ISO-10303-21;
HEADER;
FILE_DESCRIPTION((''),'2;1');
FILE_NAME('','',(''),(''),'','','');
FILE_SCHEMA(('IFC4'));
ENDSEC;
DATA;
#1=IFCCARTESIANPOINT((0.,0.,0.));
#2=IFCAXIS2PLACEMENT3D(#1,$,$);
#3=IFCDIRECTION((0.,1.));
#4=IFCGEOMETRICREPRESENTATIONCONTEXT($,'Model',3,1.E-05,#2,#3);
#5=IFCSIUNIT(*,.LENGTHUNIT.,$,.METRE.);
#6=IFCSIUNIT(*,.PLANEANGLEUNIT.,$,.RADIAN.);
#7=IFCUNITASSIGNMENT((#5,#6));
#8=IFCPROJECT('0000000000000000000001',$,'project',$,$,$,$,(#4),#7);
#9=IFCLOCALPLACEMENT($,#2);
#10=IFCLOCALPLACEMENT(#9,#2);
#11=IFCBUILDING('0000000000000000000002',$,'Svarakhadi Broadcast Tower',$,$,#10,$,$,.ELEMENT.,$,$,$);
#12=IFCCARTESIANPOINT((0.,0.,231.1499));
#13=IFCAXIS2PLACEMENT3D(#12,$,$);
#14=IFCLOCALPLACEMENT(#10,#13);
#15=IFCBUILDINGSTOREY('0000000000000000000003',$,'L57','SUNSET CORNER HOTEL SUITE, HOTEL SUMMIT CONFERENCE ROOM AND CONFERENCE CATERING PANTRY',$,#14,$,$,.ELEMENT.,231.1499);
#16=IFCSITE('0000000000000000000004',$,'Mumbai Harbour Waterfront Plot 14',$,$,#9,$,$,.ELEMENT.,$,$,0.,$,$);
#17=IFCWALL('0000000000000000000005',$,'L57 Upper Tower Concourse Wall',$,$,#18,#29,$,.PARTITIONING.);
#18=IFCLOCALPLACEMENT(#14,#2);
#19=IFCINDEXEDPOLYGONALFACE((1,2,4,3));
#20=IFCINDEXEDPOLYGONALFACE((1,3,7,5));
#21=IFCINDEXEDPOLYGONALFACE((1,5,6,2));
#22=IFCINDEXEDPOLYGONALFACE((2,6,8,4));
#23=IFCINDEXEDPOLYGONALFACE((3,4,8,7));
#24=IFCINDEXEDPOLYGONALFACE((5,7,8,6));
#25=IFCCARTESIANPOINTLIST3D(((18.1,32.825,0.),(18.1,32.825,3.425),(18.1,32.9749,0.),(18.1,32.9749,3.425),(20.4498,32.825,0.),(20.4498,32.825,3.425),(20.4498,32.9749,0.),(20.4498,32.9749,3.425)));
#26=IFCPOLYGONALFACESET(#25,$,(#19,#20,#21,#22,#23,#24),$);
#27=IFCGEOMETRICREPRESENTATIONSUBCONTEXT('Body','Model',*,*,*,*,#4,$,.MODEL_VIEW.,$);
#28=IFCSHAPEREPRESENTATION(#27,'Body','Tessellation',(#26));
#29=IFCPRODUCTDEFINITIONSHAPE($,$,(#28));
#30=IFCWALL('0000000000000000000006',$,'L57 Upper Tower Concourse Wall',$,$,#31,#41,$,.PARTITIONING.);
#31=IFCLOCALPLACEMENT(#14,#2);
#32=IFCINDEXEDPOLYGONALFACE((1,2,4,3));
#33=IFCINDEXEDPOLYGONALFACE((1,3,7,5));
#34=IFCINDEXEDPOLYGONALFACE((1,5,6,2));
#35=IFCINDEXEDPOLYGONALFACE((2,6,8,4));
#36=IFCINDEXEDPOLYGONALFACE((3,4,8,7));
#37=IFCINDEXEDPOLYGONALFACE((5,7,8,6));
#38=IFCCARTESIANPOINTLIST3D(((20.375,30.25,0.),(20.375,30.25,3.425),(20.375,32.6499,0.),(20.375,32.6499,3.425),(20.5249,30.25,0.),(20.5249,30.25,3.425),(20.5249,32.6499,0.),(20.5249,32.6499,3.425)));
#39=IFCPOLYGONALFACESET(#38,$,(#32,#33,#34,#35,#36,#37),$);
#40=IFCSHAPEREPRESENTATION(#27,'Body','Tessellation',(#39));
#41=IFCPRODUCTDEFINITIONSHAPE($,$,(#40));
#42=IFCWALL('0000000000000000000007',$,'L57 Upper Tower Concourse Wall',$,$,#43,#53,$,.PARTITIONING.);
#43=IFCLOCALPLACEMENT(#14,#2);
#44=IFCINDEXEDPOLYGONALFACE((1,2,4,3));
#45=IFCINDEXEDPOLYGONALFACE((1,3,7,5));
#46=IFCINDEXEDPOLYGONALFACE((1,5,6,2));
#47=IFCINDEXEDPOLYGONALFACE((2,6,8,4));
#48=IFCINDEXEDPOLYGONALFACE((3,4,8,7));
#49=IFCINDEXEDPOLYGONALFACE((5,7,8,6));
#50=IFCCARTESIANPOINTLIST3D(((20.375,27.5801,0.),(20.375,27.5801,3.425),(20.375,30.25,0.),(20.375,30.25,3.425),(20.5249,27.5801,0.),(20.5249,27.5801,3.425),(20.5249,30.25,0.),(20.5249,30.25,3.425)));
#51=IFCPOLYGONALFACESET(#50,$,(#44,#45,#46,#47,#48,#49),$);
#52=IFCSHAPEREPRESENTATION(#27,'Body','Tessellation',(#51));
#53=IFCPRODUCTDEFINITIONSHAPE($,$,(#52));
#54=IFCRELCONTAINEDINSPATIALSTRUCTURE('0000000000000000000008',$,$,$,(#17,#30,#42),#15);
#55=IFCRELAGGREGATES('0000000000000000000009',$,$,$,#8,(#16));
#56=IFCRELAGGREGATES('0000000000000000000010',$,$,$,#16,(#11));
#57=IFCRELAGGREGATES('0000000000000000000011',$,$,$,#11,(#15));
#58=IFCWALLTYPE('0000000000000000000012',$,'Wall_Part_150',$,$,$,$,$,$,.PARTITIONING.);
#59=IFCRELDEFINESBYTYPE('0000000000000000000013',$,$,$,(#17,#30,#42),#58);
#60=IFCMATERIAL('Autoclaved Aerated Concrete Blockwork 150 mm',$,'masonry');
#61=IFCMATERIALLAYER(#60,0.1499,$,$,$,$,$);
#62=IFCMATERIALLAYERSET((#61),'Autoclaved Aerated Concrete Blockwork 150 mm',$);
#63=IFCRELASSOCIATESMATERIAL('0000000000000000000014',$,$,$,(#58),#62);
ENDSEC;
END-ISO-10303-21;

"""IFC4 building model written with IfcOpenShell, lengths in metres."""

from ifc_helpers import new_model, si_unit, direction, frame, frame_2d, origin, place, context, subcontext, project, spatial, rectangle, extrude, material, layer, layer_set, type_object, element, save


model = new_model("IFC4")

# Units and contexts
model_context = context("Model", 3, precision=1e-05, world=origin(), true_north=direction((0.0, 1.0)))
body_context = subcontext(model_context, "Body", "Model", "MODEL_VIEW")
ifc_project = project(units=[si_unit("LENGTHUNIT", "METRE"), si_unit("PLANEANGLEUNIT", "RADIAN")], contexts=[model_context])

# Site, building, storey
site_placement = place(None, origin())
site = spatial("IfcSite", under=ifc_project, at=site_placement, Name="Mumbai Harbour Waterfront Plot 14", CompositionType="ELEMENT", RefElevation=0.0)
building_placement = place(site_placement, origin())
building = spatial("IfcBuilding", under=site, at=building_placement, Name="Svarakhadi Broadcast Tower", CompositionType="ELEMENT")
storey_placement = place(building_placement, frame((0.0, 0.0, 231.1499)))
storey = spatial("IfcBuildingStorey", under=building, at=storey_placement, Name="L57", Description="SUNSET CORNER HOTEL SUITE, HOTEL SUMMIT CONFERENCE ROOM AND CONFERENCE CATERING PANTRY", CompositionType="ELEMENT", Elevation=231.1499)

# Walls
ifc_material_1 = material(Name="Autoclaved Aerated Concrete Blockwork 150 mm", Category="masonry")
ifc_layer_1 = layer(ifc_material_1, 0.1499)
ifc_layer_set_1 = layer_set([ifc_layer_1], Name="Autoclaved Aerated Concrete Blockwork 150 mm")
wall_type_1 = type_object("IfcWallType", Name="Wall_Part_150", PredefinedType="PARTITIONING", material=ifc_layer_set_1)
wall_1_placement = place(storey_placement, frame((18.1001, 32.8999, 0.0), z_axis=(0.0, 0.0, 1.0), x_axis=(1.0, 0.0, 0.0)))
element("IfcWall", 1, at=wall_1_placement, inside=storey, type_object=wall_type_1, Name="L57 Upper Tower Concourse Wall", PredefinedType="PARTITIONING", context=body_context, shape_type="SweptSolid", body=[
    extrude(rectangle(XDim=2.3499, YDim=0.1499, at=frame_2d((1.1748, 0.0))), origin(), (0.0, 0.0, 1.0), 3.425),
])
wall_2_placement = place(storey_placement, frame((20.45, 32.6499, 0.0), z_axis=(0.0, 0.0, 1.0), x_axis=(0.0, -1.0, 0.0)))
element("IfcWall", 2, at=wall_2_placement, inside=storey, type_object=wall_type_1, Name="L57 Upper Tower Concourse Wall", PredefinedType="PARTITIONING", context=body_context, shape_type="SweptSolid", body=[
    extrude(rectangle(XDim=2.3999, YDim=0.1499, at=frame_2d((1.2, 0.0))), origin(), (0.0, 0.0, 1.0), 3.425),
])
wall_3_placement = place(storey_placement, frame((20.45, 30.25, 0.0), z_axis=(0.0, 0.0, 1.0), x_axis=(0.0, -1.0, 0.0)))
element("IfcWall", 3, at=wall_3_placement, inside=storey, type_object=wall_type_1, Name="L57 Upper Tower Concourse Wall", PredefinedType="PARTITIONING", context=body_context, shape_type="SweptSolid", body=[
    extrude(rectangle(XDim=2.6699, YDim=0.1499, at=frame_2d((1.335, 0.0))), origin(), (0.0, 0.0, 1.0), 3.425),
])

save(model, "model.ifc")
